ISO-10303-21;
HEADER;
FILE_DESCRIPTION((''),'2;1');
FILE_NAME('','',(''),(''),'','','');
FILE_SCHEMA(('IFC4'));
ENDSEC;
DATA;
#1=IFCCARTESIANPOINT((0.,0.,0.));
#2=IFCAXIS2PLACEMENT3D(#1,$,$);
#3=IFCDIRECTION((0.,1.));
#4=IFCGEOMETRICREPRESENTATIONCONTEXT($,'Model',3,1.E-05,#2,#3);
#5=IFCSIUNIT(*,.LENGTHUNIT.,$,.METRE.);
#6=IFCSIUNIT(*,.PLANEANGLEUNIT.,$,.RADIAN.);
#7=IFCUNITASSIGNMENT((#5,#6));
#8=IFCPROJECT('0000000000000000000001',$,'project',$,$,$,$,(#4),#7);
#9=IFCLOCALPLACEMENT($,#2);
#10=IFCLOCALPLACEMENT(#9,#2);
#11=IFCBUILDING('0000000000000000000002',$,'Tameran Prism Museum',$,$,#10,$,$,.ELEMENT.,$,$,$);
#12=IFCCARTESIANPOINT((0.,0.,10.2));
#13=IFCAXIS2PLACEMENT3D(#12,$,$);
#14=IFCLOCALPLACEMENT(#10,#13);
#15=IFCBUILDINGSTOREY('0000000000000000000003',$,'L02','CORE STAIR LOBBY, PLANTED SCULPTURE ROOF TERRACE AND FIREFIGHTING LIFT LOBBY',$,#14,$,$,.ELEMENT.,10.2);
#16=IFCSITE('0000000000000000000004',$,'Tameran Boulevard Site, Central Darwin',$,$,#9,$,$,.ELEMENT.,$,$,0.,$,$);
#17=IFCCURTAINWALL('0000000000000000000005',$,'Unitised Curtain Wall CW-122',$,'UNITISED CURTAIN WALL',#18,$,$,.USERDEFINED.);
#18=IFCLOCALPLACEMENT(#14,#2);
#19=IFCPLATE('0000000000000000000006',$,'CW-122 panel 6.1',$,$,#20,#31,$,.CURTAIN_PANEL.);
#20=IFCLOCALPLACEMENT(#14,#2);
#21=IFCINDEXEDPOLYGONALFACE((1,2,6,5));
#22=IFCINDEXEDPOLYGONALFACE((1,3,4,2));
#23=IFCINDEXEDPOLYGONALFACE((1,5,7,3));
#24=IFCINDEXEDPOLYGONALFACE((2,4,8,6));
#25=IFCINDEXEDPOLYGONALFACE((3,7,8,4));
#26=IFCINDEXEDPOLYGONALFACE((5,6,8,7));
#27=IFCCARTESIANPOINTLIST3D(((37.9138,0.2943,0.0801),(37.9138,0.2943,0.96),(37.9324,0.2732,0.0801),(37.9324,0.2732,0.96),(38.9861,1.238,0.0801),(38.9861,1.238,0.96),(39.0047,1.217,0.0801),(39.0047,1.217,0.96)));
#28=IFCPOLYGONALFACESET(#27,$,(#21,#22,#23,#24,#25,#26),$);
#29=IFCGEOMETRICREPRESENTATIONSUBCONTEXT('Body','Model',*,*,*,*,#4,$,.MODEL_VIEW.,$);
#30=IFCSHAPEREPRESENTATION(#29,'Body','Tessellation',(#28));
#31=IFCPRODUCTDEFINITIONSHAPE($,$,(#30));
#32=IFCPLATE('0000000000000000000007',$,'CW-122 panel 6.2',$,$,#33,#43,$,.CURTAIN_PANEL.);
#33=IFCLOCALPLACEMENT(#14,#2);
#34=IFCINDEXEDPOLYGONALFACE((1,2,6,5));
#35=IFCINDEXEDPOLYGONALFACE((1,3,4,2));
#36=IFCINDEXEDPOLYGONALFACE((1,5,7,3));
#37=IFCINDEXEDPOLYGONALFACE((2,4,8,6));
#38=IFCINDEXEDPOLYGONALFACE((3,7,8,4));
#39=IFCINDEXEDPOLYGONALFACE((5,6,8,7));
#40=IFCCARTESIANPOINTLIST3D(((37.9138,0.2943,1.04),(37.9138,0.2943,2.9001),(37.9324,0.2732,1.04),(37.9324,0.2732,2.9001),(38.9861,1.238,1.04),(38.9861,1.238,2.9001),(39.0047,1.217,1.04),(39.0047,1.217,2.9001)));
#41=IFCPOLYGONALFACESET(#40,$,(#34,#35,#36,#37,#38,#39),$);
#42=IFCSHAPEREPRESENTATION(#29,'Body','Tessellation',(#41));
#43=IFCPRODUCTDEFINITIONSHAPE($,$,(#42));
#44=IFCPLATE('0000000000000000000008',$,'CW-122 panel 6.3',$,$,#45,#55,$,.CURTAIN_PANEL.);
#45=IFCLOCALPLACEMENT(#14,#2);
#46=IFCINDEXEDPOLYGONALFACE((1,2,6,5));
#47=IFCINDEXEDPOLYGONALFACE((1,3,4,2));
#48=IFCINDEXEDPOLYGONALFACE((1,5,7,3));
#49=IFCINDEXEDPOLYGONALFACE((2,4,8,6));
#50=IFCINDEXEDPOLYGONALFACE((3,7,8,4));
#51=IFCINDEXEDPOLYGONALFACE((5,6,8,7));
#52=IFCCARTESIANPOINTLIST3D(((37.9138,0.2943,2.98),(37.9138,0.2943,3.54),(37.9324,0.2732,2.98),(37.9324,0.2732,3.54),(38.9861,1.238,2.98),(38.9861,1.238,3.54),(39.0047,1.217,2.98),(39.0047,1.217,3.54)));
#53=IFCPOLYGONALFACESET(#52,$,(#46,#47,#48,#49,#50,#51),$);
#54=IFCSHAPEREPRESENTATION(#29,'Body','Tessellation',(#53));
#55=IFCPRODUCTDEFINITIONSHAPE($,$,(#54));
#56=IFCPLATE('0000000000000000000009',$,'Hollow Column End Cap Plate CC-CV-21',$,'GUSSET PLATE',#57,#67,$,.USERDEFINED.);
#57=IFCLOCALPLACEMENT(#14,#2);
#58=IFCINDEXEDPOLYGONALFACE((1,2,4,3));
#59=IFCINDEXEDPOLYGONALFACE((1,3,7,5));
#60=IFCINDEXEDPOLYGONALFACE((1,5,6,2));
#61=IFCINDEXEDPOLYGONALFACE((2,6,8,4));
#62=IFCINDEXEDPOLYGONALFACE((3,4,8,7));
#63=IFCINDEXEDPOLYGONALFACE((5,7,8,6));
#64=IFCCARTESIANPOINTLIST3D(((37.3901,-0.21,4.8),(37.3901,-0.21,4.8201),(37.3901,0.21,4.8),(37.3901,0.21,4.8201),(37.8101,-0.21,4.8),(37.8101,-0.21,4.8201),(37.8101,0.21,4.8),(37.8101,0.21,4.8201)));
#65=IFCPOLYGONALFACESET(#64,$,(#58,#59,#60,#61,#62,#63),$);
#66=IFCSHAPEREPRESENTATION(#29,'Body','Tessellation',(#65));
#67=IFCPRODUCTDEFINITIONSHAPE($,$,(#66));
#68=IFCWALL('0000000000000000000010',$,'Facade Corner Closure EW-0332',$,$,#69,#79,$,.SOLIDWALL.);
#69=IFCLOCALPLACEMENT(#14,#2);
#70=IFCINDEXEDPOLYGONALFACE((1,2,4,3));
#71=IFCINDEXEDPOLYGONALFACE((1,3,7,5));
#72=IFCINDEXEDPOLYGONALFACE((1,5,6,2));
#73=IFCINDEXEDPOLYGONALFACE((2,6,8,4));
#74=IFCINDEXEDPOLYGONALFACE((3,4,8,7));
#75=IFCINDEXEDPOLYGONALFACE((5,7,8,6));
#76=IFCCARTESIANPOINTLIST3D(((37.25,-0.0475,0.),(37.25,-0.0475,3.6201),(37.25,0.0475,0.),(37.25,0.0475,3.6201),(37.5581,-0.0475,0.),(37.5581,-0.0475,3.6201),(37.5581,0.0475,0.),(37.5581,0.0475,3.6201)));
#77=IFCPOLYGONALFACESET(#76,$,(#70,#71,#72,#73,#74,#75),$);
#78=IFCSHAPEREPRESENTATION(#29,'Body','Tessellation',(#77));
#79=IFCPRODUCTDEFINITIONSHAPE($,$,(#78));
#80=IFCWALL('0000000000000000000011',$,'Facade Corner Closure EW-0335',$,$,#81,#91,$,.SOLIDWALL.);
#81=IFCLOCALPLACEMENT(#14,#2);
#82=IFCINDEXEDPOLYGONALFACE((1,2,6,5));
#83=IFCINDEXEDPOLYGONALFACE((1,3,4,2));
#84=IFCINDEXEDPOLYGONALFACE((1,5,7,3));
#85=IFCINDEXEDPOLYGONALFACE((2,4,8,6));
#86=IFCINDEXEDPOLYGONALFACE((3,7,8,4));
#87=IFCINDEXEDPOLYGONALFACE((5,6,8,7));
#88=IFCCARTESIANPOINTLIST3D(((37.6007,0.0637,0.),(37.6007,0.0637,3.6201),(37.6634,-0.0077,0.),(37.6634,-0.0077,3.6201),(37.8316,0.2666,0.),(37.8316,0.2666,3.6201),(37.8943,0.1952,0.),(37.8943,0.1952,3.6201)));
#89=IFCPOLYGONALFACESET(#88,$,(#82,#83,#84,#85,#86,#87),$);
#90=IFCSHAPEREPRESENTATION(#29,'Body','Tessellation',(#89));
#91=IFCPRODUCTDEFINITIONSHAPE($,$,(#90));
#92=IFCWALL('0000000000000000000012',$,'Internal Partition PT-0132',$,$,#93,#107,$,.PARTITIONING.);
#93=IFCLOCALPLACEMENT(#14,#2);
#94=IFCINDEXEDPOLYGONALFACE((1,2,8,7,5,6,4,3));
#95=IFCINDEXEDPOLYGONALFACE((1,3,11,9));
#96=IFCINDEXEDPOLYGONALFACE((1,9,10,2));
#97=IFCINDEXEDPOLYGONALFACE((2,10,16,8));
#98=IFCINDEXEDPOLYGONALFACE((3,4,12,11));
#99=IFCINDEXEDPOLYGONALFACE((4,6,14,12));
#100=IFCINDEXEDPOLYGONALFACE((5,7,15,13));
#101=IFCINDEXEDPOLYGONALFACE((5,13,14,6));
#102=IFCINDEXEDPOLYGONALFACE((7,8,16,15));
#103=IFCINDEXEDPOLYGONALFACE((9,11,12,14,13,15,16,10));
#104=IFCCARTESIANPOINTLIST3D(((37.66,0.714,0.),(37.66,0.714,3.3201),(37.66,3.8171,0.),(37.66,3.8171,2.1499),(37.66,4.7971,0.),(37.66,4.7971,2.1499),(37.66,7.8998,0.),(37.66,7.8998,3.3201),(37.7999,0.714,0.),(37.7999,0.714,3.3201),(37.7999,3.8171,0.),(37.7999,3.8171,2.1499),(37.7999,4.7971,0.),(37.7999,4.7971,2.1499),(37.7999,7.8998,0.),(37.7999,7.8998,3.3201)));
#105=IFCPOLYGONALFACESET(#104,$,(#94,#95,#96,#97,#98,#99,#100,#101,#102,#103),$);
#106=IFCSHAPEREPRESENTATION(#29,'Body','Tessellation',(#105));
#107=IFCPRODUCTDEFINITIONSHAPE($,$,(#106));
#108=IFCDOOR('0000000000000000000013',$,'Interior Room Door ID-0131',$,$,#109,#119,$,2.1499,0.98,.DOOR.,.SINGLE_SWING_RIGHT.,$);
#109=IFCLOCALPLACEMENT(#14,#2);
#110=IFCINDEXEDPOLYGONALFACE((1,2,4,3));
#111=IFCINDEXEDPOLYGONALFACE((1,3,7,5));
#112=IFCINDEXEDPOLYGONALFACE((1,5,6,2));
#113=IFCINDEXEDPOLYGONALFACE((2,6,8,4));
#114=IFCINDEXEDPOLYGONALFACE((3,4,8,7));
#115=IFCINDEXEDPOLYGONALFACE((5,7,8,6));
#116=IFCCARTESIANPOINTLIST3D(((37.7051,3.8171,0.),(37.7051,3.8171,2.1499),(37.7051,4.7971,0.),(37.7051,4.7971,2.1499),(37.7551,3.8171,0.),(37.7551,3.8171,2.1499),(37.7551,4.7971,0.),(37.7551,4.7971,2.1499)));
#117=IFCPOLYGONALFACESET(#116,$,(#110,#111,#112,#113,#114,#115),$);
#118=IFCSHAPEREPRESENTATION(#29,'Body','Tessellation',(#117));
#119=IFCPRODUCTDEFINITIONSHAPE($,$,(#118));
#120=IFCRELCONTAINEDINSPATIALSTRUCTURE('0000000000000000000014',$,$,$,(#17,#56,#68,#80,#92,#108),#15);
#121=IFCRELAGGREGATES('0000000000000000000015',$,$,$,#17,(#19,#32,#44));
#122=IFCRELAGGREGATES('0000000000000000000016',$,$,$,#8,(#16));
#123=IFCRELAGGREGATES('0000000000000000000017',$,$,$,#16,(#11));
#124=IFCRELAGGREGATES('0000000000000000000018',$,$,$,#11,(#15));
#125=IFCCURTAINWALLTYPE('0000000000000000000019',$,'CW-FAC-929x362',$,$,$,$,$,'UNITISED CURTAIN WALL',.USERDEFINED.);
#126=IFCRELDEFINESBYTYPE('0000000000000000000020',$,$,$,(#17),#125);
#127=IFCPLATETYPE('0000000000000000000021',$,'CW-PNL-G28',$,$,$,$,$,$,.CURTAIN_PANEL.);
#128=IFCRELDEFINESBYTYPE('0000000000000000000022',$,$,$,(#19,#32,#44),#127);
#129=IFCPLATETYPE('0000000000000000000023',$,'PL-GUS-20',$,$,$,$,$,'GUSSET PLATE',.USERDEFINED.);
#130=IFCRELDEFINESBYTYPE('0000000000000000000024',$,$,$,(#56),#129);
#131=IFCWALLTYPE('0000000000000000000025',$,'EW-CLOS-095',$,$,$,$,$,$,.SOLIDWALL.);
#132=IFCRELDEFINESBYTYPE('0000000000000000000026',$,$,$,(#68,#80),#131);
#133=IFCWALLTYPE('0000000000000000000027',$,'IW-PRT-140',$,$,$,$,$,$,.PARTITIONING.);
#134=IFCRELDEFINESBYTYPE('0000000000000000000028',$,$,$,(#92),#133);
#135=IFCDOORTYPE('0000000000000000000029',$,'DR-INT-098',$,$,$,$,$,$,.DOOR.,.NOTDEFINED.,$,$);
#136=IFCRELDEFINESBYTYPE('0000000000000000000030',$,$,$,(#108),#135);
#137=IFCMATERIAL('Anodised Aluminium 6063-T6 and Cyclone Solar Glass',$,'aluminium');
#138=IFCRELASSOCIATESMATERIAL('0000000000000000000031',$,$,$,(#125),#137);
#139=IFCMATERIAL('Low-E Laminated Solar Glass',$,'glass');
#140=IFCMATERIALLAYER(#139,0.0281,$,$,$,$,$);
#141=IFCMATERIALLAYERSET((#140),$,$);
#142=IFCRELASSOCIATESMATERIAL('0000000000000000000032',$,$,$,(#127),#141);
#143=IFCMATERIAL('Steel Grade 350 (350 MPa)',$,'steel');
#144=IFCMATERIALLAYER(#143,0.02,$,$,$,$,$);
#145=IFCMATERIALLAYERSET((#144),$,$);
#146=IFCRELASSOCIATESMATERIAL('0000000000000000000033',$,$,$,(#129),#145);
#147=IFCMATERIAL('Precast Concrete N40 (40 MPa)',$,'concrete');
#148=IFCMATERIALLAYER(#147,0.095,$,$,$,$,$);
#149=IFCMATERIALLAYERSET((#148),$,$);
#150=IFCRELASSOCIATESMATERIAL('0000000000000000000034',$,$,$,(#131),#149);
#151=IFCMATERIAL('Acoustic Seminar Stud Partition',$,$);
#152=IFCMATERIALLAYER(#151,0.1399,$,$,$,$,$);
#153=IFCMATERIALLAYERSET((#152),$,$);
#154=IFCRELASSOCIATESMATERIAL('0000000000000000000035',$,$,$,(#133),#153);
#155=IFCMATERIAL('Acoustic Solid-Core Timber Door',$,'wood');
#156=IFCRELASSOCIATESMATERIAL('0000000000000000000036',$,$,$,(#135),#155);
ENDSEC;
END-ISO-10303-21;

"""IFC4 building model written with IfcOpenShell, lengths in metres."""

from ifc_helpers import new_model, si_unit, direction, frame, frame_2d, origin, origin_2d, place, context, subcontext, project, spatial, rectangle, extrude, material, layer, layer_set, type_object, element, fill, aggregate, save


model = new_model("IFC4")

# Units and contexts
model_context = context("Model", 3, precision=1e-05, world=origin(), true_north=direction((0.0, 1.0)))
body_context = subcontext(model_context, "Body", "Model", "MODEL_VIEW")
ifc_project = project(units=[si_unit("LENGTHUNIT", "METRE"), si_unit("PLANEANGLEUNIT", "RADIAN")], contexts=[model_context])

# Site, building, storey
site_placement = place(None, origin())
site = spatial("IfcSite", under=ifc_project, at=site_placement, Name="Tameran Boulevard Site, Central Darwin", CompositionType="ELEMENT", RefElevation=0.0)
building_placement = place(site_placement, origin())
building = spatial("IfcBuilding", under=site, at=building_placement, Name="Tameran Prism Museum", CompositionType="ELEMENT")
storey_placement = place(building_placement, frame((0.0, 0.0, 10.2)))
storey = spatial("IfcBuildingStorey", under=building, at=storey_placement, Name="L02", Description="CORE STAIR LOBBY, PLANTED SCULPTURE ROOF TERRACE AND FIREFIGHTING LIFT LOBBY", CompositionType="ELEMENT", Elevation=10.2)

# Curtain wall
ifc_material_1 = material(Name="Anodised Aluminium 6063-T6 and Cyclone Solar Glass", Category="aluminium")
curtain_wall_type_1 = type_object("IfcCurtainWallType", Name="CW-FAC-929x362", ElementType="UNITISED CURTAIN WALL", PredefinedType="USERDEFINED", material=ifc_material_1)
curtain_wall_1_placement = place(storey_placement, origin())
curtain_wall_1 = element("IfcCurtainWall", 1, at=curtain_wall_1_placement, inside=storey, type_object=curtain_wall_type_1, Name="Unitised Curtain Wall CW-122", ObjectType="UNITISED CURTAIN WALL", PredefinedType="USERDEFINED")

# Plates
ifc_material_2 = material(Name="Low-E Laminated Solar Glass", Category="glass")
ifc_layer_1 = layer(ifc_material_2, 0.0281)
ifc_layer_set_1 = layer_set([ifc_layer_1])
plate_type_1 = type_object("IfcPlateType", Name="CW-PNL-G28", PredefinedType="CURTAIN_PANEL", material=ifc_layer_set_1)
plate_1_placement = place(storey_placement, frame((38.4592, 0.7556, 0.0801), z_axis=(0.0, 0.0, 1.0), x_axis=(-0.750667, -0.660681, 0.0)))
plate_1 = element("IfcPlate", 2, at=plate_1_placement, type_object=plate_type_1, Name="CW-122 panel 6.1", PredefinedType="CURTAIN_PANEL", context=body_context, shape_type="SweptSolid", body=[
    extrude(rectangle(XDim=1.4285, YDim=0.0281, at=origin_2d()), origin(), (0.0, 0.0, 1.0), 0.8799),
])
plate_2_placement = place(storey_placement, frame((38.4592, 0.7556, 1.04), z_axis=(0.0, 0.0, 1.0), x_axis=(-0.750667, -0.660681, 0.0)))
plate_2 = element("IfcPlate", 3, at=plate_2_placement, type_object=plate_type_1, Name="CW-122 panel 6.2", PredefinedType="CURTAIN_PANEL", context=body_context, shape_type="SweptSolid", body=[
    extrude(rectangle(XDim=1.4285, YDim=0.0281, at=origin_2d()), origin(), (0.0, 0.0, 1.0), 1.8601),
])
plate_3_placement = place(storey_placement, frame((38.4592, 0.7556, 2.98), z_axis=(0.0, 0.0, 1.0), x_axis=(-0.750667, -0.660681, 0.0)))
plate_3 = element("IfcPlate", 4, at=plate_3_placement, type_object=plate_type_1, Name="CW-122 panel 6.3", PredefinedType="CURTAIN_PANEL", context=body_context, shape_type="SweptSolid", body=[
    extrude(rectangle(XDim=1.4285, YDim=0.0281, at=origin_2d()), origin(), (0.0, 0.0, 1.0), 0.5601),
])
aggregate(curtain_wall_1, [plate_1, plate_2, plate_3])
ifc_material_3 = material(Name="Steel Grade 350 (350 MPa)", Category="steel")
ifc_layer_2 = layer(ifc_material_3, 0.02)
ifc_layer_set_2 = layer_set([ifc_layer_2])
plate_type_2 = type_object("IfcPlateType", Name="PL-GUS-20", ElementType="GUSSET PLATE", PredefinedType="USERDEFINED", material=ifc_layer_set_2)
plate_4_placement = place(storey_placement, frame((37.6001, 0.0, 4.8), z_axis=(0.0, 0.0, 1.0), x_axis=(1.0, 0.0, 0.0)))
element("IfcPlate", 5, at=plate_4_placement, inside=storey, type_object=plate_type_2, Name="Hollow Column End Cap Plate CC-CV-21", ObjectType="GUSSET PLATE", PredefinedType="USERDEFINED", context=body_context, shape_type="SweptSolid", body=[
    extrude(rectangle(XDim=0.4199, YDim=0.4199, at=origin_2d()), origin(), (0.0, 0.0, 1.0), 0.02),
])

# Walls
ifc_material_4 = material(Name="Precast Concrete N40 (40 MPa)", Category="concrete")
ifc_layer_3 = layer(ifc_material_4, 0.095)
ifc_layer_set_3 = layer_set([ifc_layer_3])
wall_type_1 = type_object("IfcWallType", Name="EW-CLOS-095", PredefinedType="SOLIDWALL", material=ifc_layer_set_3)
wall_1_placement = place(storey_placement, frame((37.5581, 0.0, 0.0), z_axis=(0.0, 0.0, 1.0), x_axis=(-1.0, 0.0, 0.0)))
element("IfcWall", 6, at=wall_1_placement, inside=storey, type_object=wall_type_1, Name="Facade Corner Closure EW-0332", PredefinedType="SOLIDWALL", context=body_context, shape_type="SweptSolid", body=[
    extrude(rectangle(XDim=0.3081, YDim=0.095, at=frame_2d((0.1541, 0.0))), origin(), (0.0, 0.0, 1.0), 3.6201),
])
wall_2_placement = place(storey_placement, frame((37.863, 0.231, 0.0), z_axis=(0.0, 0.0, 1.0), x_axis=(-0.751296, -0.659965, 0.0)))
element("IfcWall", 7, at=wall_2_placement, inside=storey, type_object=wall_type_1, Name="Facade Corner Closure EW-0335", PredefinedType="SOLIDWALL", context=body_context, shape_type="SweptSolid", body=[
    extrude(rectangle(XDim=0.3074, YDim=0.095, at=frame_2d((0.1538, 0.0))), origin(), (0.0, 0.0, 1.0), 3.6201),
])

# Wall, opening, door
ifc_material_5 = material(Name="Acoustic Seminar Stud Partition")
ifc_layer_4 = layer(ifc_material_5, 0.1399)
ifc_layer_set_4 = layer_set([ifc_layer_4])
wall_type_2 = type_object("IfcWallType", Name="IW-PRT-140", PredefinedType="PARTITIONING", material=ifc_layer_set_4)
wall_3_placement = place(storey_placement, frame((37.73, 0.7141, 0.0), z_axis=(0.0, 0.0, 1.0), x_axis=(0.0, 1.0, 0.0)))
wall_3 = element("IfcWall", 8, at=wall_3_placement, inside=storey, type_object=wall_type_2, Name="Internal Partition PT-0132", PredefinedType="PARTITIONING", context=body_context, shape_type="SweptSolid", body=[
    extrude(rectangle(XDim=7.1858, YDim=0.1399, at=frame_2d((3.5928, 0.0))), origin(), (0.0, 0.0, 1.0), 3.3201),
])
opening_placement = place(wall_3_placement, frame((3.103, 0.0, 0.0)))
opening = element("IfcOpeningElement", 9, at=opening_placement, cuts=wall_3, PredefinedType="OPENING", context=body_context, shape_type="SweptSolid", body=[
    extrude(rectangle(XDim=0.98, YDim=2.1499, at=frame_2d((0.49, 1.075))), frame((0.0, 0.0798, 0.0), z_axis=(0.0, -1.0, 0.0), x_axis=(1.0, 0.0, 0.0)), (0.0, 0.0, 1.0), 0.1599),
])
ifc_material_6 = material(Name="Acoustic Solid-Core Timber Door", Category="wood")
door_type = type_object("IfcDoorType", Name="DR-INT-098", OperationType="NOTDEFINED", PredefinedType="DOOR", material=ifc_material_6)
door_placement = place(opening_placement, origin())
door = element("IfcDoor", 10, at=door_placement, inside=storey, type_object=door_type, Name="Interior Room Door ID-0131", OperationType="SINGLE_SWING_RIGHT", OverallHeight=2.1499, OverallWidth=0.98, PredefinedType="DOOR", context=body_context, shape_type="SweptSolid", body=[
    extrude(rectangle(XDim=0.98, YDim=2.1499, at=frame_2d((0.49, 1.075))), frame((0.0, 0.0249, 0.0), z_axis=(0.0, -1.0, 0.0), x_axis=(1.0, 0.0, 0.0)), (0.0, 0.0, 1.0), 0.05),
])
fill(opening, door)

save(model, "model.ifc")
